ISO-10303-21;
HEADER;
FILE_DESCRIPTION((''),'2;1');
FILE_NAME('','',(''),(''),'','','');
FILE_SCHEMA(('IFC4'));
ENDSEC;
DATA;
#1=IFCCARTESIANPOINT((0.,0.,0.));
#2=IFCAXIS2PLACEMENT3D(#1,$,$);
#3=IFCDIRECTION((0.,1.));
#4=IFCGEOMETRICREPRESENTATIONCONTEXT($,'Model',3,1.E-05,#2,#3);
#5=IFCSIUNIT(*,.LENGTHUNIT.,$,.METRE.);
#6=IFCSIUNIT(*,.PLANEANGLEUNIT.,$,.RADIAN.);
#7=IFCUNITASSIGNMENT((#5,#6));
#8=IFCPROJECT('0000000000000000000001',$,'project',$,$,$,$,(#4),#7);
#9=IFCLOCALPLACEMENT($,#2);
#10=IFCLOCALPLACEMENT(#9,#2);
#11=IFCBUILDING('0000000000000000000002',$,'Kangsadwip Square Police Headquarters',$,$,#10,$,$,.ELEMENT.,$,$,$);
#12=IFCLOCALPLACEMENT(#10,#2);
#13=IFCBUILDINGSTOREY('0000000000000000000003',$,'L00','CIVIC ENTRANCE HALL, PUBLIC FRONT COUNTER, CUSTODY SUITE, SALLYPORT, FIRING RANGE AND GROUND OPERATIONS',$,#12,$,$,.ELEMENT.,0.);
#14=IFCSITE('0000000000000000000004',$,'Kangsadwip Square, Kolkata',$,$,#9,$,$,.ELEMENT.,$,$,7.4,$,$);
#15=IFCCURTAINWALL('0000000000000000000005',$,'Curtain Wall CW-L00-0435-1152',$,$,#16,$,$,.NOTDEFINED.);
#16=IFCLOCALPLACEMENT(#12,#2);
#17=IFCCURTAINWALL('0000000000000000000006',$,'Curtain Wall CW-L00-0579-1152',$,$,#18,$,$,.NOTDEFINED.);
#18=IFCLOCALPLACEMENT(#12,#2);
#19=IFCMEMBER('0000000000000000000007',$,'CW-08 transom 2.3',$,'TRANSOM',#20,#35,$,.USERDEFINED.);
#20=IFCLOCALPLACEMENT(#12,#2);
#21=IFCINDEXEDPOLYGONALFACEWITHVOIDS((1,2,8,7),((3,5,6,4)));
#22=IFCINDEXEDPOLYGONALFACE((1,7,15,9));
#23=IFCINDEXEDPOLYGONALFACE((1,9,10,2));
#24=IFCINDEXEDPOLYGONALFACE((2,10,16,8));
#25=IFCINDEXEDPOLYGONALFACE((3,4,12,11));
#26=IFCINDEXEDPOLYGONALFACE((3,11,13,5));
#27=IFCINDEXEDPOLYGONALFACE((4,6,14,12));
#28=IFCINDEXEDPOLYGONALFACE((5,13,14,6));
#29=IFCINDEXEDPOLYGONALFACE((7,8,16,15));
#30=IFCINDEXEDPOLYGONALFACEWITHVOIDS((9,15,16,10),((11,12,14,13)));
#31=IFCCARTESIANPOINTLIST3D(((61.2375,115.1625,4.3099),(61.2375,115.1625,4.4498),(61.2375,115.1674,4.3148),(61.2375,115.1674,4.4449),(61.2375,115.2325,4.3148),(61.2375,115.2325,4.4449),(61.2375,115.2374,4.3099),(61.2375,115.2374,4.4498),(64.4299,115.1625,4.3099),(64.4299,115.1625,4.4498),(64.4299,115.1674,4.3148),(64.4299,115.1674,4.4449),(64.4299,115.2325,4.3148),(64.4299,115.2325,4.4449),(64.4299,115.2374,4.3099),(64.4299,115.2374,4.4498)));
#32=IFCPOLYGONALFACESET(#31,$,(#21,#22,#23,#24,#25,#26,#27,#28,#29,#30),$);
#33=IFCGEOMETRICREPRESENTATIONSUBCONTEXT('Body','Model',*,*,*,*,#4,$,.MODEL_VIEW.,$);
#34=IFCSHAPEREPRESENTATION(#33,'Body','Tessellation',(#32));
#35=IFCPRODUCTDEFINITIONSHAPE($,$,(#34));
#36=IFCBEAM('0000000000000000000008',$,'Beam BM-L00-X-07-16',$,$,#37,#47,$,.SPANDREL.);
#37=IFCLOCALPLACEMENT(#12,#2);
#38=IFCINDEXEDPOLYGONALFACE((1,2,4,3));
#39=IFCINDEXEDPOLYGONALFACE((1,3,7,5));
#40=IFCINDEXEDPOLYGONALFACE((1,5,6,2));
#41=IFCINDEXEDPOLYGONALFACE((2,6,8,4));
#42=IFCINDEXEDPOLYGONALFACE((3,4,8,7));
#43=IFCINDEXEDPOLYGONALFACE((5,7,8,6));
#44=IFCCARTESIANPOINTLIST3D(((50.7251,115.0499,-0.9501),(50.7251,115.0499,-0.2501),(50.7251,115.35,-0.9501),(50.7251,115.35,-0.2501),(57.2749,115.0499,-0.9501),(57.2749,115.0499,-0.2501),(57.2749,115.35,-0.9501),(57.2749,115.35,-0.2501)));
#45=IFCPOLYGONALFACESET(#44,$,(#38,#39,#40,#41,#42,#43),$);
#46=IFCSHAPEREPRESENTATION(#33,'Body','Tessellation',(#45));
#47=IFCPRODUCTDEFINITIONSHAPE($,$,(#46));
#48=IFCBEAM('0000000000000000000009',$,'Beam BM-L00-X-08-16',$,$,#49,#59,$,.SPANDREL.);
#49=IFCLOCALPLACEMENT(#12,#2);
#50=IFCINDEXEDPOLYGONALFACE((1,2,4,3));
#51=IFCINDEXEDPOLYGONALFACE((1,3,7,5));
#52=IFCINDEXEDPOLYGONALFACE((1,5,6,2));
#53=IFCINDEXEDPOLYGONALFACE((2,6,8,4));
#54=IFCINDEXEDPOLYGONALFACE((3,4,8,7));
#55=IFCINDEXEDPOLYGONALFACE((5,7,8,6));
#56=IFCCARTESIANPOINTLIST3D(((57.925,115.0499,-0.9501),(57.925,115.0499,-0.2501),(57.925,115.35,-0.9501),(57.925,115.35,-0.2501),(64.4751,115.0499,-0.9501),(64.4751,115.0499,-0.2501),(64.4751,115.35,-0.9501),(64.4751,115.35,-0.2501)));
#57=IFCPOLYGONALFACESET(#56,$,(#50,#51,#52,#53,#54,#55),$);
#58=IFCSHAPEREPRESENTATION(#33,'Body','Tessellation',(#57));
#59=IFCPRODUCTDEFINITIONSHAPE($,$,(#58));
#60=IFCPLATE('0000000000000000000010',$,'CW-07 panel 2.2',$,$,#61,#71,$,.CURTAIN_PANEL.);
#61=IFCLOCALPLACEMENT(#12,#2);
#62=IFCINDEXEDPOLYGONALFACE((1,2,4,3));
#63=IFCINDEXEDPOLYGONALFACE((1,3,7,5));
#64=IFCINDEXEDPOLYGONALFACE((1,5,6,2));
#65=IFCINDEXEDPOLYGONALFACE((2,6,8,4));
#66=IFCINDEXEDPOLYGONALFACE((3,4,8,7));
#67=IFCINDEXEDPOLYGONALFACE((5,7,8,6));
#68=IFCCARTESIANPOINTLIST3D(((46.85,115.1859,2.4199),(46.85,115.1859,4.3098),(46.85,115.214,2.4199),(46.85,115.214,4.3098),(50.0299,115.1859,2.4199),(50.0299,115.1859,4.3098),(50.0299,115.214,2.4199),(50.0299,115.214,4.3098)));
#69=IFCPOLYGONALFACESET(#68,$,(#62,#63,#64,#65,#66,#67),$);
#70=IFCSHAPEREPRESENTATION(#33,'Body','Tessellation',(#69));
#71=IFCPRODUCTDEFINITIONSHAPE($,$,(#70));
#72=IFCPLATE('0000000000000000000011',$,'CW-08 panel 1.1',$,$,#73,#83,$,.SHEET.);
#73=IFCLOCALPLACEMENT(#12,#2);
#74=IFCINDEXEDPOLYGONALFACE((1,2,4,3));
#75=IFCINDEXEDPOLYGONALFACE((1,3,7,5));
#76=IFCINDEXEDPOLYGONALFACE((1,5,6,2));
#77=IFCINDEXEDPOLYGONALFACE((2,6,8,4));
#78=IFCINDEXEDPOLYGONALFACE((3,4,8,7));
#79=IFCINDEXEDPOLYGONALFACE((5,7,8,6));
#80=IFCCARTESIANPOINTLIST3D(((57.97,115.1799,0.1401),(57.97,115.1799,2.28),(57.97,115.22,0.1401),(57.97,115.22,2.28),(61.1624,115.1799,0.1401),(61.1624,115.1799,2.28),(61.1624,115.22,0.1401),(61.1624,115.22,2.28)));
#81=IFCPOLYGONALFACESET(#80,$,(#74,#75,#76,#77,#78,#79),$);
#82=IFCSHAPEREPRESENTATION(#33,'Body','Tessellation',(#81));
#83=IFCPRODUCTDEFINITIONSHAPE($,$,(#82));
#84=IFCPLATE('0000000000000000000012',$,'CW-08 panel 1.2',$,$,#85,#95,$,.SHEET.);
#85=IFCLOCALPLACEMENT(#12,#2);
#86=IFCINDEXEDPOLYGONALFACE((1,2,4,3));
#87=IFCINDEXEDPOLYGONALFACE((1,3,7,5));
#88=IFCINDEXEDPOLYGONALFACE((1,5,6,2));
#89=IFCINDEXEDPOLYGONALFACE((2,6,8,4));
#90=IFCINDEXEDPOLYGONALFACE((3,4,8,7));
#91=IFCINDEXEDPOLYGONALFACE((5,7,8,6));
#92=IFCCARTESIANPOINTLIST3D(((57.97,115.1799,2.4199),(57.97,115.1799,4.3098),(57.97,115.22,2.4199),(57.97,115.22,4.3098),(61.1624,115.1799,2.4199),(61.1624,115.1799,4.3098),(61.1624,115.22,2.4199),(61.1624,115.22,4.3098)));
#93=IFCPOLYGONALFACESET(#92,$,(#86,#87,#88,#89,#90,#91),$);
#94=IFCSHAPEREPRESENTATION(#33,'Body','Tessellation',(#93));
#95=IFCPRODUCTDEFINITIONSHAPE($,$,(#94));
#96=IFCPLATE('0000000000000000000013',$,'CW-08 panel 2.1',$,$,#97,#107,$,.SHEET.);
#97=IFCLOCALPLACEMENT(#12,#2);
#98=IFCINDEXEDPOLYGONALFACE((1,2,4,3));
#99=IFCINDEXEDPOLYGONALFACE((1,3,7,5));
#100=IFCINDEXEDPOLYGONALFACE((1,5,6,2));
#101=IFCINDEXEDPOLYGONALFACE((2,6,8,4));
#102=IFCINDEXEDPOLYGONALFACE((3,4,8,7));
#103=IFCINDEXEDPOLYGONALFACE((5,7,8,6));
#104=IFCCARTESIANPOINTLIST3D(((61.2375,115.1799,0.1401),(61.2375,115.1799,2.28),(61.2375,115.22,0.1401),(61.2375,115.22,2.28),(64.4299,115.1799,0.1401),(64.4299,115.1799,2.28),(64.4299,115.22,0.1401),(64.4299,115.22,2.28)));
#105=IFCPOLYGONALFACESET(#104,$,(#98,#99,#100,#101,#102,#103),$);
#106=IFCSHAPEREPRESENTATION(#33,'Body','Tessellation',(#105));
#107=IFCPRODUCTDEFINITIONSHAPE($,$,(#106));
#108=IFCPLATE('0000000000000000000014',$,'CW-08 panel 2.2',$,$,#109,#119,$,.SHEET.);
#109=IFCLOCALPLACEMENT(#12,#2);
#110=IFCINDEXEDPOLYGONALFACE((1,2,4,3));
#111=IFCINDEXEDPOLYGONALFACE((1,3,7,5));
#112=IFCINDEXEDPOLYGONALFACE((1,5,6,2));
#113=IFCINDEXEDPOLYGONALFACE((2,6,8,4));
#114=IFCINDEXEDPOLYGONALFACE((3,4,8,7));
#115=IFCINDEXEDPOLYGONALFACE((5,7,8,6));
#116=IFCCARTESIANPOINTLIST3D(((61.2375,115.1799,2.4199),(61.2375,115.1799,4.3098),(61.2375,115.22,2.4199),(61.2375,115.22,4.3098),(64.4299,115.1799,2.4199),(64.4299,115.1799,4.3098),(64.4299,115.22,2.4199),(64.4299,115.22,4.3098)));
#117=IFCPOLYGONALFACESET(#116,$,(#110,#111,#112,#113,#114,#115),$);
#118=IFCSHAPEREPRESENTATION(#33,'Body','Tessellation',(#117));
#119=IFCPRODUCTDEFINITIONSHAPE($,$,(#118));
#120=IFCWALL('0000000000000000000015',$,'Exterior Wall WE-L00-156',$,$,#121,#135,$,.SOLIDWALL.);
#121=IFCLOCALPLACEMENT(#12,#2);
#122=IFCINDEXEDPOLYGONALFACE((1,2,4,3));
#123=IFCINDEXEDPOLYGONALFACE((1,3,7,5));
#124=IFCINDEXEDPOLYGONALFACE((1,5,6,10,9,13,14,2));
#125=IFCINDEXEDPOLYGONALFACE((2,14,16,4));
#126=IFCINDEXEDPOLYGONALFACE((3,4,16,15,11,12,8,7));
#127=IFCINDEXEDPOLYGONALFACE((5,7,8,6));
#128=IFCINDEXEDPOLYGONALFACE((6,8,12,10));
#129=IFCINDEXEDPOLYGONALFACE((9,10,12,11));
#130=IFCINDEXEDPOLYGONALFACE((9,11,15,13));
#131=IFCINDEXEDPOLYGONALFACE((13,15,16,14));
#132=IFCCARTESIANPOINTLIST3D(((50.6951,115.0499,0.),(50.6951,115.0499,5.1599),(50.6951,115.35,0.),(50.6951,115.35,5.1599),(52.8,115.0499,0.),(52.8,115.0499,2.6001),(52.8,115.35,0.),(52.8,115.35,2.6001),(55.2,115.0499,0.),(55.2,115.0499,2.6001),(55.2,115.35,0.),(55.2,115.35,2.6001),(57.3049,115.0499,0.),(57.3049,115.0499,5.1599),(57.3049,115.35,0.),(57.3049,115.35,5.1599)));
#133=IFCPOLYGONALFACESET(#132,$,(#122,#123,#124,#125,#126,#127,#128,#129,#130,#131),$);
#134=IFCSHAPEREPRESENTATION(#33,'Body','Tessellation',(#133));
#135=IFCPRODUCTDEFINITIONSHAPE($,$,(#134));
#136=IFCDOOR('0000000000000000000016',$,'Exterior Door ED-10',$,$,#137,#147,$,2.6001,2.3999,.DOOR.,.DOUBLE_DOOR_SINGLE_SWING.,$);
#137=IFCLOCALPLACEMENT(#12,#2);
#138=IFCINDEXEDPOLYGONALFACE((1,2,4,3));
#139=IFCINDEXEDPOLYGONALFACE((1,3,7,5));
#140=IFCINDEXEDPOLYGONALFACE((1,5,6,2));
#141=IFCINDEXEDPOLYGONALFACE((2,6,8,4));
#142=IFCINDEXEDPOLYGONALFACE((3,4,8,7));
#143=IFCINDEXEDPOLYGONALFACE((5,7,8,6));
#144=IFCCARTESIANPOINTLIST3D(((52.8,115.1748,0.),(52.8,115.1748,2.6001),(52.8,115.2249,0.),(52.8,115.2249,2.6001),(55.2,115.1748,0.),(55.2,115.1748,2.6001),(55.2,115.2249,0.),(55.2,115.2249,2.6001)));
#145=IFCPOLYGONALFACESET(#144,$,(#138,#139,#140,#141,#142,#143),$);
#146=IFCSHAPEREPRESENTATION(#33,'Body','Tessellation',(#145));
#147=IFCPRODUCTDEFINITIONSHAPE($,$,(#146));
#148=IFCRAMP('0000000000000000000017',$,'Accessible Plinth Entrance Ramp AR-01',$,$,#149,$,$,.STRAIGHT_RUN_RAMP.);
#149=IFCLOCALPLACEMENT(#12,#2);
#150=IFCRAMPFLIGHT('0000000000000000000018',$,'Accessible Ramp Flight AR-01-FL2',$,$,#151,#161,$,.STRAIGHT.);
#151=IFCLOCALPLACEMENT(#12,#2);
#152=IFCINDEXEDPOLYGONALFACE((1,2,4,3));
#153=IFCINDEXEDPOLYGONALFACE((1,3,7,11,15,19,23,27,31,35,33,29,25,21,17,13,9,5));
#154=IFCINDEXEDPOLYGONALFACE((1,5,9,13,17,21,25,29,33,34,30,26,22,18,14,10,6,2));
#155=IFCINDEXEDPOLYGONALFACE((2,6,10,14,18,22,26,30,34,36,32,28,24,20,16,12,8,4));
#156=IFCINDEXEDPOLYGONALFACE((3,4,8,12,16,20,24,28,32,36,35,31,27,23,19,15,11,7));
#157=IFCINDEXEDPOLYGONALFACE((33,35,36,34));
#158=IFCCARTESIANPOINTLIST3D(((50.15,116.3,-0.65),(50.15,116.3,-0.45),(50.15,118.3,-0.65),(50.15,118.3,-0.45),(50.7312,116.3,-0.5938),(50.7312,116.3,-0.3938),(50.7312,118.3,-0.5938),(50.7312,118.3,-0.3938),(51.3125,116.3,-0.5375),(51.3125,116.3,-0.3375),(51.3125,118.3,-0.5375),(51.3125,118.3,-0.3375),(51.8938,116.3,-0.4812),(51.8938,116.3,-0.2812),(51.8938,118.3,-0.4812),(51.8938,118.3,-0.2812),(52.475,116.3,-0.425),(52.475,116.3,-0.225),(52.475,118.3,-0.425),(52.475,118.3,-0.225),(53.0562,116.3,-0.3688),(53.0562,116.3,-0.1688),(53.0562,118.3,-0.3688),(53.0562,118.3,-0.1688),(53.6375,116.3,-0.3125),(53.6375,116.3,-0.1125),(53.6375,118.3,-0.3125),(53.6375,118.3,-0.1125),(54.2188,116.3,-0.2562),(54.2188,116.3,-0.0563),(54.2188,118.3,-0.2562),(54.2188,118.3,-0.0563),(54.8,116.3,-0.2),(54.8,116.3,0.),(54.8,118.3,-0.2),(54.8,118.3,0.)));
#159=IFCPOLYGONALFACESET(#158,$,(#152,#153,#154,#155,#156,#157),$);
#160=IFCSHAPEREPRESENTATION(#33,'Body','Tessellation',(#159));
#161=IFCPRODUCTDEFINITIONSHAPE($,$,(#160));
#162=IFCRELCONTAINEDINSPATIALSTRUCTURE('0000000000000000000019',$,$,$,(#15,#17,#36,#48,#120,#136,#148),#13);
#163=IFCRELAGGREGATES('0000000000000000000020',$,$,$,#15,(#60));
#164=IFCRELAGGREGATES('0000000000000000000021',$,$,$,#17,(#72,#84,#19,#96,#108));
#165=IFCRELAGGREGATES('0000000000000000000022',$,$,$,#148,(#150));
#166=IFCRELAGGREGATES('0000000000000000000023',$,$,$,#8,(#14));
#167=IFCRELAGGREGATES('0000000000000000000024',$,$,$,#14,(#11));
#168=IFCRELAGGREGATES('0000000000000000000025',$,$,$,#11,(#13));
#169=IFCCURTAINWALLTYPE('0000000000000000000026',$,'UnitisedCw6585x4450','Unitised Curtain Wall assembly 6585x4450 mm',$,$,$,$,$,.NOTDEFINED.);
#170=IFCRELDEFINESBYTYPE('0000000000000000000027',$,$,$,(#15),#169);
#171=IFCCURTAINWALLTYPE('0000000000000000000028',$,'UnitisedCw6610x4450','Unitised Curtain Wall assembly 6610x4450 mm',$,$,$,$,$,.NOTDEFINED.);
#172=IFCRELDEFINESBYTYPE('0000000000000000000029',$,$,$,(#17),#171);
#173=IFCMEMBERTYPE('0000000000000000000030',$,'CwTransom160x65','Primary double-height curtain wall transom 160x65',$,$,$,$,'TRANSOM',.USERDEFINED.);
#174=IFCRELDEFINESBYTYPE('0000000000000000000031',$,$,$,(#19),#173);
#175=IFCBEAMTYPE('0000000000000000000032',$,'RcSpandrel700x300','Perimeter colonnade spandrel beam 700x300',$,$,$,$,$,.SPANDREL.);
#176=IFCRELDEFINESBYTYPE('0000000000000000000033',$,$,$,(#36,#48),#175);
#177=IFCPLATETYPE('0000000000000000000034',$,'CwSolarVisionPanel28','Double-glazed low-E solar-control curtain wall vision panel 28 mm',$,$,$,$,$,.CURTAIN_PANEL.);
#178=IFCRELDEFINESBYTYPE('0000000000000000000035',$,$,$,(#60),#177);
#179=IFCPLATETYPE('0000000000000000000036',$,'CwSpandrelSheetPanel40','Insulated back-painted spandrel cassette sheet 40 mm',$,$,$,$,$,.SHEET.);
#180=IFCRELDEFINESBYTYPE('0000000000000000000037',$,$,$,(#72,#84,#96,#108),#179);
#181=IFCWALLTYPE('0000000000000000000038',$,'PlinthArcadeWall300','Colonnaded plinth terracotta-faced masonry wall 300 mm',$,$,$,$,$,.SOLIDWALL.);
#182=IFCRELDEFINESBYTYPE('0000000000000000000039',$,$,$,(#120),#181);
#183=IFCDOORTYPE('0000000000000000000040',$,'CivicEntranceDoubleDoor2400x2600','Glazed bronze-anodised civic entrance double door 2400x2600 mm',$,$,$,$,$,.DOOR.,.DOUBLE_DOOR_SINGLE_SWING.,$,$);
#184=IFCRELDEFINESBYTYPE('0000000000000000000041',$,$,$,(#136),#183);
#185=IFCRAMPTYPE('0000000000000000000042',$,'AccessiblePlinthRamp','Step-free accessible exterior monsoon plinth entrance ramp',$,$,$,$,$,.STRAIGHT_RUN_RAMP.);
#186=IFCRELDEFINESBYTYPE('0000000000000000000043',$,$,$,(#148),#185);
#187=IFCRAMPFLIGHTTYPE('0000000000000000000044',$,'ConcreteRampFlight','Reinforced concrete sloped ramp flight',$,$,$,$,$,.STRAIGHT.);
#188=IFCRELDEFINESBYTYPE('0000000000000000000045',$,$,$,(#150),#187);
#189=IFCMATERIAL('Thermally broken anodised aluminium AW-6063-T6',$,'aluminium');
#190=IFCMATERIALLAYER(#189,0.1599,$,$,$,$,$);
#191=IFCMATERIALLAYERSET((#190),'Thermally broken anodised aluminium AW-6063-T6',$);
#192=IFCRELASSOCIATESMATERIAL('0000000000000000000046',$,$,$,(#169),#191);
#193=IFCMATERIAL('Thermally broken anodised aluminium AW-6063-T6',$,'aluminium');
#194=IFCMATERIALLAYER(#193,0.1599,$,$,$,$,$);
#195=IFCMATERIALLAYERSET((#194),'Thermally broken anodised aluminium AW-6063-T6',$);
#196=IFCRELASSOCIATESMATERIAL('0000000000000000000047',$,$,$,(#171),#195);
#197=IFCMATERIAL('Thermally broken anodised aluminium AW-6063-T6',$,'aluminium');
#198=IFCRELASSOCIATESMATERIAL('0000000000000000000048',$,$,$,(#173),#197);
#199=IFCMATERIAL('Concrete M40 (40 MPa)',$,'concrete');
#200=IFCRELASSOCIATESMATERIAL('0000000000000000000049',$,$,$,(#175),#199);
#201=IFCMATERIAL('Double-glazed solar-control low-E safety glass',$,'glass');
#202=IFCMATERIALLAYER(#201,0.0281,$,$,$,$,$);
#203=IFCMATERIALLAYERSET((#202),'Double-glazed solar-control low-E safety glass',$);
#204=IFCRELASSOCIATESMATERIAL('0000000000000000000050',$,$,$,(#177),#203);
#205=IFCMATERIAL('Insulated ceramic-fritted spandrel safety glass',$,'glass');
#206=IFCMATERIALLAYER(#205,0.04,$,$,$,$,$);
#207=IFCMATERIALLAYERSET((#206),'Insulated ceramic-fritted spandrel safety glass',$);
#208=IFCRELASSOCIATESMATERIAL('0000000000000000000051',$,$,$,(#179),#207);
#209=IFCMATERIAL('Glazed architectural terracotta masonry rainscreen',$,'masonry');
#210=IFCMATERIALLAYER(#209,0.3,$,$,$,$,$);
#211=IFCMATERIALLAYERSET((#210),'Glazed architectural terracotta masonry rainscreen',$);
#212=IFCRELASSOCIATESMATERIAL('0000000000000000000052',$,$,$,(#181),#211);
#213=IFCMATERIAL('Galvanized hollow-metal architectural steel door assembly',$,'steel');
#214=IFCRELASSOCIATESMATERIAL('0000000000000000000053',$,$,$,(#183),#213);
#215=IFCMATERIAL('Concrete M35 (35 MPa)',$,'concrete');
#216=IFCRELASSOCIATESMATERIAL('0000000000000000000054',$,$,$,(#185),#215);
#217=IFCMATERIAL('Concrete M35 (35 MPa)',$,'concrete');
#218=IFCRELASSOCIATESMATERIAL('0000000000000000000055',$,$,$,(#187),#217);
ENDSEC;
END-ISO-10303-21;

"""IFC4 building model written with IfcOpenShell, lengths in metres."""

from ifc_helpers import new_model, si_unit, direction, frame, frame_2d, origin, origin_2d, place, context, subcontext, project, spatial, polyline, rectangle, hollow_rectangle, outline, extrude, material, layer, layer_set, material_profile, profile_set, type_object, element, fill, aggregate, save


model = new_model("IFC4")

# Units and contexts
model_context = context("Model", 3, precision=1e-05, world=origin(), true_north=direction((0.0, 1.0)))
body_context = subcontext(model_context, "Body", "Model", "MODEL_VIEW")
ifc_project = project(units=[si_unit("LENGTHUNIT", "METRE"), si_unit("PLANEANGLEUNIT", "RADIAN")], contexts=[model_context])

# Site, building, storey
site_placement = place(None, origin())
site = spatial("IfcSite", under=ifc_project, at=site_placement, Name="Kangsadwip Square, Kolkata", CompositionType="ELEMENT", RefElevation=7.4)
building_placement = place(site_placement, origin())
building = spatial("IfcBuilding", under=site, at=building_placement, Name="Kangsadwip Square Police Headquarters", CompositionType="ELEMENT")
storey_placement = place(building_placement, origin())
storey = spatial("IfcBuildingStorey", under=building, at=storey_placement, Name="L00", Description="CIVIC ENTRANCE HALL, PUBLIC FRONT COUNTER, CUSTODY SUITE, SALLYPORT, FIRING RANGE AND GROUND OPERATIONS", CompositionType="ELEMENT", Elevation=0.0)

# Curtain wall
ifc_material_1 = material(Name="Thermally broken anodised aluminium AW-6063-T6", Category="aluminium")
ifc_layer_1 = layer(ifc_material_1, 0.1599)
ifc_layer_set_1 = layer_set([ifc_layer_1], Name="Thermally broken anodised aluminium AW-6063-T6")
curtain_wall_type_1 = type_object("IfcCurtainWallType", Name="UnitisedCw6585x4450", Description="Unitised Curtain Wall assembly 6585x4450 mm", PredefinedType="NOTDEFINED", material=ifc_layer_set_1)
curtain_wall_1_placement = place(storey_placement, origin())
curtain_wall_1 = element("IfcCurtainWall", 1, at=curtain_wall_1_placement, inside=storey, type_object=curtain_wall_type_1, Name="Curtain Wall CW-L00-0435-1152", PredefinedType="NOTDEFINED")

# Curtain wall, member
ifc_material_2 = material(Name="Thermally broken anodised aluminium AW-6063-T6", Category="aluminium")
ifc_layer_2 = layer(ifc_material_2, 0.1599)
ifc_layer_set_2 = layer_set([ifc_layer_2], Name="Thermally broken anodised aluminium AW-6063-T6")
curtain_wall_type_2 = type_object("IfcCurtainWallType", Name="UnitisedCw6610x4450", Description="Unitised Curtain Wall assembly 6610x4450 mm", PredefinedType="NOTDEFINED", material=ifc_layer_set_2)
curtain_wall_2_placement = place(storey_placement, origin())
curtain_wall_2 = element("IfcCurtainWall", 2, at=curtain_wall_2_placement, inside=storey, type_object=curtain_wall_type_2, Name="Curtain Wall CW-L00-0579-1152", PredefinedType="NOTDEFINED")
ifc_material_3 = material(Name="Thermally broken anodised aluminium AW-6063-T6", Category="aluminium")
ifc_material_profile_1 = material_profile(ifc_material_3, hollow_rectangle(XDim=0.075, YDim=0.1399, WallThickness=0.0049, at=origin_2d()), Name="CWT 140X75X5")
ifc_profile_set_1 = profile_set([ifc_material_profile_1], Name="Thermally broken anodised aluminium AW-6063-T6")
member_type_1 = type_object("IfcMemberType", Name="CwTransom160x65", Description="Primary double-height curtain wall transom 160x65", ElementType="TRANSOM", PredefinedType="USERDEFINED", material=ifc_profile_set_1)
member_1_placement = place(storey_placement, frame((61.2375, 115.2, 4.3799), z_axis=(1.0, 0.0, 0.0), x_axis=(0.0, 1.0, 0.0)))
member_1 = element("IfcMember", 3, at=member_1_placement, type_object=member_type_1, Name="CW-08 transom 2.3", ObjectType="TRANSOM", PredefinedType="USERDEFINED", context=body_context, shape_type="SweptSolid", body=[
    extrude(hollow_rectangle(XDim=0.075, YDim=0.1399, WallThickness=0.0049, at=origin_2d()), origin(), (0.0, 0.0, 1.0), 3.1924),
])

# Beams
ifc_material_4 = material(Name="Concrete M40 (40 MPa)", Category="concrete")
ifc_material_profile_2 = material_profile(ifc_material_4, rectangle(XDim=0.3, YDim=0.7, at=origin_2d()), Name="RC SPN 700X300")
ifc_profile_set_2 = profile_set([ifc_material_profile_2], Name="Concrete M40 (40 MPa)")
beam_type = type_object("IfcBeamType", Name="RcSpandrel700x300", Description="Perimeter colonnade spandrel beam 700x300", PredefinedType="SPANDREL", material=ifc_profile_set_2)
beam_1_placement = place(storey_placement, frame((50.7251, 115.2, -0.6001), z_axis=(1.0, 0.0, 0.0), x_axis=(0.0, 1.0, 0.0)))
element("IfcBeam", 4, at=beam_1_placement, inside=storey, type_object=beam_type, Name="Beam BM-L00-X-07-16", PredefinedType="SPANDREL", context=body_context, shape_type="SweptSolid", body=[
    extrude(rectangle(XDim=0.3, YDim=0.7, at=origin_2d()), origin(), (0.0, 0.0, 1.0), 6.5498),
])
beam_2_placement = place(storey_placement, frame((57.925, 115.2, -0.6001), z_axis=(1.0, 0.0, 0.0), x_axis=(0.0, 1.0, 0.0)))
element("IfcBeam", 5, at=beam_2_placement, inside=storey, type_object=beam_type, Name="Beam BM-L00-X-08-16", PredefinedType="SPANDREL", context=body_context, shape_type="SweptSolid", body=[
    extrude(rectangle(XDim=0.3, YDim=0.7, at=origin_2d()), origin(), (0.0, 0.0, 1.0), 6.55),
])

# Plates
ifc_material_5 = material(Name="Double-glazed solar-control low-E safety glass", Category="glass")
ifc_layer_3 = layer(ifc_material_5, 0.0281)
ifc_layer_set_3 = layer_set([ifc_layer_3], Name="Double-glazed solar-control low-E safety glass")
plate_type_1 = type_object("IfcPlateType", Name="CwSolarVisionPanel28", Description="Double-glazed low-E solar-control curtain wall vision panel 28 mm", PredefinedType="CURTAIN_PANEL", material=ifc_layer_set_3)
plate_1_placement = place(storey_placement, frame((48.4399, 115.2, 2.4199), z_axis=(0.0, 0.0, 1.0), x_axis=(1.0, 0.0, 0.0)))
plate_1 = element("IfcPlate", 6, at=plate_1_placement, type_object=plate_type_1, Name="CW-07 panel 2.2", PredefinedType="CURTAIN_PANEL", context=body_context, shape_type="SweptSolid", body=[
    extrude(rectangle(XDim=3.1799, YDim=0.0281, at=origin_2d()), origin(), (0.0, 0.0, 1.0), 1.8899),
])
aggregate(curtain_wall_1, [plate_1])
ifc_material_6 = material(Name="Insulated ceramic-fritted spandrel safety glass", Category="glass")
ifc_layer_4 = layer(ifc_material_6, 0.04)
ifc_layer_set_4 = layer_set([ifc_layer_4], Name="Insulated ceramic-fritted spandrel safety glass")
plate_type_2 = type_object("IfcPlateType", Name="CwSpandrelSheetPanel40", Description="Insulated back-painted spandrel cassette sheet 40 mm", PredefinedType="SHEET", material=ifc_layer_set_4)
plate_2_placement = place(storey_placement, frame((59.5662, 115.2, 0.1401), z_axis=(0.0, 0.0, 1.0), x_axis=(1.0, 0.0, 0.0)))
plate_2 = element("IfcPlate", 7, at=plate_2_placement, type_object=plate_type_2, Name="CW-08 panel 1.1", PredefinedType="SHEET", context=body_context, shape_type="SweptSolid", body=[
    extrude(rectangle(XDim=3.1924, YDim=0.04, at=origin_2d()), origin(), (0.0, 0.0, 1.0), 2.1399),
])
plate_3_placement = place(storey_placement, frame((59.5662, 115.2, 2.4199), z_axis=(0.0, 0.0, 1.0), x_axis=(1.0, 0.0, 0.0)))
plate_3 = element("IfcPlate", 8, at=plate_3_placement, type_object=plate_type_2, Name="CW-08 panel 1.2", PredefinedType="SHEET", context=body_context, shape_type="SweptSolid", body=[
    extrude(rectangle(XDim=3.1924, YDim=0.04, at=origin_2d()), origin(), (0.0, 0.0, 1.0), 1.8899),
])
plate_4_placement = place(storey_placement, frame((62.8337, 115.2, 0.1401), z_axis=(0.0, 0.0, 1.0), x_axis=(1.0, 0.0, 0.0)))
plate_4 = element("IfcPlate", 9, at=plate_4_placement, type_object=plate_type_2, Name="CW-08 panel 2.1", PredefinedType="SHEET", context=body_context, shape_type="SweptSolid", body=[
    extrude(rectangle(XDim=3.1924, YDim=0.04, at=origin_2d()), origin(), (0.0, 0.0, 1.0), 2.1399),
])
plate_5_placement = place(storey_placement, frame((62.8337, 115.2, 2.4199), z_axis=(0.0, 0.0, 1.0), x_axis=(1.0, 0.0, 0.0)))
plate_5 = element("IfcPlate", 10, at=plate_5_placement, type_object=plate_type_2, Name="CW-08 panel 2.2", PredefinedType="SHEET", context=body_context, shape_type="SweptSolid", body=[
    extrude(rectangle(XDim=3.1924, YDim=0.04, at=origin_2d()), origin(), (0.0, 0.0, 1.0), 1.8899),
])
aggregate(curtain_wall_2, [plate_2, plate_3, member_1, plate_4, plate_5])

# Wall, opening, door
ifc_material_7 = material(Name="Glazed architectural terracotta masonry rainscreen", Category="masonry")
ifc_layer_5 = layer(ifc_material_7, 0.3)
ifc_layer_set_5 = layer_set([ifc_layer_5], Name="Glazed architectural terracotta masonry rainscreen")
wall_type = type_object("IfcWallType", Name="PlinthArcadeWall300", Description="Colonnaded plinth terracotta-faced masonry wall 300 mm", PredefinedType="SOLIDWALL", material=ifc_layer_set_5)
wall_placement = place(storey_placement, frame((50.6951, 115.2, 0.0), z_axis=(0.0, 0.0, 1.0), x_axis=(1.0, 0.0, 0.0)))
wall = element("IfcWall", 11, at=wall_placement, inside=storey, type_object=wall_type, Name="Exterior Wall WE-L00-156", PredefinedType="SOLIDWALL", context=body_context, shape_type="SweptSolid", body=[
    extrude(rectangle(XDim=6.6099, YDim=0.3, at=frame_2d((3.3049, 0.0))), origin(), (0.0, 0.0, 1.0), 5.1599),
])
opening_placement = place(wall_placement, frame((2.105, 0.0, 0.0)))
opening = element("IfcOpeningElement", 12, at=opening_placement, cuts=wall, PredefinedType="OPENING", context=body_context, shape_type="SweptSolid", body=[
    extrude(rectangle(XDim=2.3999, YDim=2.6001, at=frame_2d((1.2, 1.3))), frame((0.0, 0.1599, 0.0), z_axis=(0.0, -1.0, 0.0), x_axis=(1.0, 0.0, 0.0)), (0.0, 0.0, 1.0), 0.3201),
])
ifc_material_8 = material(Name="Galvanized hollow-metal architectural steel door assembly", Category="steel")
door_type = type_object("IfcDoorType", Name="CivicEntranceDoubleDoor2400x2600", Description="Glazed bronze-anodised civic entrance double door 2400x2600 mm", OperationType="DOUBLE_DOOR_SINGLE_SWING", PredefinedType="DOOR", material=ifc_material_8)
door_placement = place(opening_placement, origin())
door = element("IfcDoor", 13, at=door_placement, inside=storey, type_object=door_type, Name="Exterior Door ED-10", OperationType="DOUBLE_DOOR_SINGLE_SWING", OverallHeight=2.6001, OverallWidth=2.3999, PredefinedType="DOOR", context=body_context, shape_type="SweptSolid", body=[
    extrude(rectangle(XDim=2.3999, YDim=2.6001, at=frame_2d((1.2, 1.3))), frame((0.0, 0.0249, 0.0), z_axis=(0.0, -1.0, 0.0), x_axis=(1.0, 0.0, 0.0)), (0.0, 0.0, 1.0), 0.05),
])
fill(opening, door)

# Ramp, ramp flight
ifc_material_9 = material(Name="Concrete M35 (35 MPa)", Category="concrete")
ramp_type = type_object("IfcRampType", Name="AccessiblePlinthRamp", Description="Step-free accessible exterior monsoon plinth entrance ramp", PredefinedType="STRAIGHT_RUN_RAMP", material=ifc_material_9)
ramp_placement = place(storey_placement, origin())
ramp = element("IfcRamp", 14, at=ramp_placement, inside=storey, type_object=ramp_type, Name="Accessible Plinth Entrance Ramp AR-01", PredefinedType="STRAIGHT_RUN_RAMP")
ifc_material_10 = material(Name="Concrete M35 (35 MPa)", Category="concrete")
ramp_flight_type = type_object("IfcRampFlightType", Name="ConcreteRampFlight", Description="Reinforced concrete sloped ramp flight", PredefinedType="STRAIGHT", material=ifc_material_10)
ramp_flight_placement = place(storey_placement, frame((50.15, 118.3, -0.45), z_axis=(0.0, -1.0, 0.0), x_axis=(1.0, 0.0, 0.0)))
ramp_flight = element("IfcRampFlight", 15, at=ramp_flight_placement, type_object=ramp_flight_type, Name="Accessible Ramp Flight AR-01-FL2", PredefinedType="STRAIGHT", context=body_context, shape_type="SweptSolid", body=[
    extrude(outline(polyline([(0.0, 0.0), (0.5813, 0.0563), (1.1625, 0.1125), (1.7437, 0.1688), (2.325, 0.225), (2.9062, 0.2812), (3.4875, 0.3375), (4.0687, 0.3937), (4.65, 0.45), (4.65, 0.25), (4.0687, 0.1938), (3.4875, 0.1375), (2.9062, 0.0813), (2.325, 0.025), (1.7437, -0.0312), (1.1625, -0.0875), (0.5813, -0.1437), (0.0, -0.2), (0.0, 0.0)])), origin(), (0.0, 0.0, 1.0), 2.0),
])
aggregate(ramp, [ramp_flight])

save(model, "model.ifc")
